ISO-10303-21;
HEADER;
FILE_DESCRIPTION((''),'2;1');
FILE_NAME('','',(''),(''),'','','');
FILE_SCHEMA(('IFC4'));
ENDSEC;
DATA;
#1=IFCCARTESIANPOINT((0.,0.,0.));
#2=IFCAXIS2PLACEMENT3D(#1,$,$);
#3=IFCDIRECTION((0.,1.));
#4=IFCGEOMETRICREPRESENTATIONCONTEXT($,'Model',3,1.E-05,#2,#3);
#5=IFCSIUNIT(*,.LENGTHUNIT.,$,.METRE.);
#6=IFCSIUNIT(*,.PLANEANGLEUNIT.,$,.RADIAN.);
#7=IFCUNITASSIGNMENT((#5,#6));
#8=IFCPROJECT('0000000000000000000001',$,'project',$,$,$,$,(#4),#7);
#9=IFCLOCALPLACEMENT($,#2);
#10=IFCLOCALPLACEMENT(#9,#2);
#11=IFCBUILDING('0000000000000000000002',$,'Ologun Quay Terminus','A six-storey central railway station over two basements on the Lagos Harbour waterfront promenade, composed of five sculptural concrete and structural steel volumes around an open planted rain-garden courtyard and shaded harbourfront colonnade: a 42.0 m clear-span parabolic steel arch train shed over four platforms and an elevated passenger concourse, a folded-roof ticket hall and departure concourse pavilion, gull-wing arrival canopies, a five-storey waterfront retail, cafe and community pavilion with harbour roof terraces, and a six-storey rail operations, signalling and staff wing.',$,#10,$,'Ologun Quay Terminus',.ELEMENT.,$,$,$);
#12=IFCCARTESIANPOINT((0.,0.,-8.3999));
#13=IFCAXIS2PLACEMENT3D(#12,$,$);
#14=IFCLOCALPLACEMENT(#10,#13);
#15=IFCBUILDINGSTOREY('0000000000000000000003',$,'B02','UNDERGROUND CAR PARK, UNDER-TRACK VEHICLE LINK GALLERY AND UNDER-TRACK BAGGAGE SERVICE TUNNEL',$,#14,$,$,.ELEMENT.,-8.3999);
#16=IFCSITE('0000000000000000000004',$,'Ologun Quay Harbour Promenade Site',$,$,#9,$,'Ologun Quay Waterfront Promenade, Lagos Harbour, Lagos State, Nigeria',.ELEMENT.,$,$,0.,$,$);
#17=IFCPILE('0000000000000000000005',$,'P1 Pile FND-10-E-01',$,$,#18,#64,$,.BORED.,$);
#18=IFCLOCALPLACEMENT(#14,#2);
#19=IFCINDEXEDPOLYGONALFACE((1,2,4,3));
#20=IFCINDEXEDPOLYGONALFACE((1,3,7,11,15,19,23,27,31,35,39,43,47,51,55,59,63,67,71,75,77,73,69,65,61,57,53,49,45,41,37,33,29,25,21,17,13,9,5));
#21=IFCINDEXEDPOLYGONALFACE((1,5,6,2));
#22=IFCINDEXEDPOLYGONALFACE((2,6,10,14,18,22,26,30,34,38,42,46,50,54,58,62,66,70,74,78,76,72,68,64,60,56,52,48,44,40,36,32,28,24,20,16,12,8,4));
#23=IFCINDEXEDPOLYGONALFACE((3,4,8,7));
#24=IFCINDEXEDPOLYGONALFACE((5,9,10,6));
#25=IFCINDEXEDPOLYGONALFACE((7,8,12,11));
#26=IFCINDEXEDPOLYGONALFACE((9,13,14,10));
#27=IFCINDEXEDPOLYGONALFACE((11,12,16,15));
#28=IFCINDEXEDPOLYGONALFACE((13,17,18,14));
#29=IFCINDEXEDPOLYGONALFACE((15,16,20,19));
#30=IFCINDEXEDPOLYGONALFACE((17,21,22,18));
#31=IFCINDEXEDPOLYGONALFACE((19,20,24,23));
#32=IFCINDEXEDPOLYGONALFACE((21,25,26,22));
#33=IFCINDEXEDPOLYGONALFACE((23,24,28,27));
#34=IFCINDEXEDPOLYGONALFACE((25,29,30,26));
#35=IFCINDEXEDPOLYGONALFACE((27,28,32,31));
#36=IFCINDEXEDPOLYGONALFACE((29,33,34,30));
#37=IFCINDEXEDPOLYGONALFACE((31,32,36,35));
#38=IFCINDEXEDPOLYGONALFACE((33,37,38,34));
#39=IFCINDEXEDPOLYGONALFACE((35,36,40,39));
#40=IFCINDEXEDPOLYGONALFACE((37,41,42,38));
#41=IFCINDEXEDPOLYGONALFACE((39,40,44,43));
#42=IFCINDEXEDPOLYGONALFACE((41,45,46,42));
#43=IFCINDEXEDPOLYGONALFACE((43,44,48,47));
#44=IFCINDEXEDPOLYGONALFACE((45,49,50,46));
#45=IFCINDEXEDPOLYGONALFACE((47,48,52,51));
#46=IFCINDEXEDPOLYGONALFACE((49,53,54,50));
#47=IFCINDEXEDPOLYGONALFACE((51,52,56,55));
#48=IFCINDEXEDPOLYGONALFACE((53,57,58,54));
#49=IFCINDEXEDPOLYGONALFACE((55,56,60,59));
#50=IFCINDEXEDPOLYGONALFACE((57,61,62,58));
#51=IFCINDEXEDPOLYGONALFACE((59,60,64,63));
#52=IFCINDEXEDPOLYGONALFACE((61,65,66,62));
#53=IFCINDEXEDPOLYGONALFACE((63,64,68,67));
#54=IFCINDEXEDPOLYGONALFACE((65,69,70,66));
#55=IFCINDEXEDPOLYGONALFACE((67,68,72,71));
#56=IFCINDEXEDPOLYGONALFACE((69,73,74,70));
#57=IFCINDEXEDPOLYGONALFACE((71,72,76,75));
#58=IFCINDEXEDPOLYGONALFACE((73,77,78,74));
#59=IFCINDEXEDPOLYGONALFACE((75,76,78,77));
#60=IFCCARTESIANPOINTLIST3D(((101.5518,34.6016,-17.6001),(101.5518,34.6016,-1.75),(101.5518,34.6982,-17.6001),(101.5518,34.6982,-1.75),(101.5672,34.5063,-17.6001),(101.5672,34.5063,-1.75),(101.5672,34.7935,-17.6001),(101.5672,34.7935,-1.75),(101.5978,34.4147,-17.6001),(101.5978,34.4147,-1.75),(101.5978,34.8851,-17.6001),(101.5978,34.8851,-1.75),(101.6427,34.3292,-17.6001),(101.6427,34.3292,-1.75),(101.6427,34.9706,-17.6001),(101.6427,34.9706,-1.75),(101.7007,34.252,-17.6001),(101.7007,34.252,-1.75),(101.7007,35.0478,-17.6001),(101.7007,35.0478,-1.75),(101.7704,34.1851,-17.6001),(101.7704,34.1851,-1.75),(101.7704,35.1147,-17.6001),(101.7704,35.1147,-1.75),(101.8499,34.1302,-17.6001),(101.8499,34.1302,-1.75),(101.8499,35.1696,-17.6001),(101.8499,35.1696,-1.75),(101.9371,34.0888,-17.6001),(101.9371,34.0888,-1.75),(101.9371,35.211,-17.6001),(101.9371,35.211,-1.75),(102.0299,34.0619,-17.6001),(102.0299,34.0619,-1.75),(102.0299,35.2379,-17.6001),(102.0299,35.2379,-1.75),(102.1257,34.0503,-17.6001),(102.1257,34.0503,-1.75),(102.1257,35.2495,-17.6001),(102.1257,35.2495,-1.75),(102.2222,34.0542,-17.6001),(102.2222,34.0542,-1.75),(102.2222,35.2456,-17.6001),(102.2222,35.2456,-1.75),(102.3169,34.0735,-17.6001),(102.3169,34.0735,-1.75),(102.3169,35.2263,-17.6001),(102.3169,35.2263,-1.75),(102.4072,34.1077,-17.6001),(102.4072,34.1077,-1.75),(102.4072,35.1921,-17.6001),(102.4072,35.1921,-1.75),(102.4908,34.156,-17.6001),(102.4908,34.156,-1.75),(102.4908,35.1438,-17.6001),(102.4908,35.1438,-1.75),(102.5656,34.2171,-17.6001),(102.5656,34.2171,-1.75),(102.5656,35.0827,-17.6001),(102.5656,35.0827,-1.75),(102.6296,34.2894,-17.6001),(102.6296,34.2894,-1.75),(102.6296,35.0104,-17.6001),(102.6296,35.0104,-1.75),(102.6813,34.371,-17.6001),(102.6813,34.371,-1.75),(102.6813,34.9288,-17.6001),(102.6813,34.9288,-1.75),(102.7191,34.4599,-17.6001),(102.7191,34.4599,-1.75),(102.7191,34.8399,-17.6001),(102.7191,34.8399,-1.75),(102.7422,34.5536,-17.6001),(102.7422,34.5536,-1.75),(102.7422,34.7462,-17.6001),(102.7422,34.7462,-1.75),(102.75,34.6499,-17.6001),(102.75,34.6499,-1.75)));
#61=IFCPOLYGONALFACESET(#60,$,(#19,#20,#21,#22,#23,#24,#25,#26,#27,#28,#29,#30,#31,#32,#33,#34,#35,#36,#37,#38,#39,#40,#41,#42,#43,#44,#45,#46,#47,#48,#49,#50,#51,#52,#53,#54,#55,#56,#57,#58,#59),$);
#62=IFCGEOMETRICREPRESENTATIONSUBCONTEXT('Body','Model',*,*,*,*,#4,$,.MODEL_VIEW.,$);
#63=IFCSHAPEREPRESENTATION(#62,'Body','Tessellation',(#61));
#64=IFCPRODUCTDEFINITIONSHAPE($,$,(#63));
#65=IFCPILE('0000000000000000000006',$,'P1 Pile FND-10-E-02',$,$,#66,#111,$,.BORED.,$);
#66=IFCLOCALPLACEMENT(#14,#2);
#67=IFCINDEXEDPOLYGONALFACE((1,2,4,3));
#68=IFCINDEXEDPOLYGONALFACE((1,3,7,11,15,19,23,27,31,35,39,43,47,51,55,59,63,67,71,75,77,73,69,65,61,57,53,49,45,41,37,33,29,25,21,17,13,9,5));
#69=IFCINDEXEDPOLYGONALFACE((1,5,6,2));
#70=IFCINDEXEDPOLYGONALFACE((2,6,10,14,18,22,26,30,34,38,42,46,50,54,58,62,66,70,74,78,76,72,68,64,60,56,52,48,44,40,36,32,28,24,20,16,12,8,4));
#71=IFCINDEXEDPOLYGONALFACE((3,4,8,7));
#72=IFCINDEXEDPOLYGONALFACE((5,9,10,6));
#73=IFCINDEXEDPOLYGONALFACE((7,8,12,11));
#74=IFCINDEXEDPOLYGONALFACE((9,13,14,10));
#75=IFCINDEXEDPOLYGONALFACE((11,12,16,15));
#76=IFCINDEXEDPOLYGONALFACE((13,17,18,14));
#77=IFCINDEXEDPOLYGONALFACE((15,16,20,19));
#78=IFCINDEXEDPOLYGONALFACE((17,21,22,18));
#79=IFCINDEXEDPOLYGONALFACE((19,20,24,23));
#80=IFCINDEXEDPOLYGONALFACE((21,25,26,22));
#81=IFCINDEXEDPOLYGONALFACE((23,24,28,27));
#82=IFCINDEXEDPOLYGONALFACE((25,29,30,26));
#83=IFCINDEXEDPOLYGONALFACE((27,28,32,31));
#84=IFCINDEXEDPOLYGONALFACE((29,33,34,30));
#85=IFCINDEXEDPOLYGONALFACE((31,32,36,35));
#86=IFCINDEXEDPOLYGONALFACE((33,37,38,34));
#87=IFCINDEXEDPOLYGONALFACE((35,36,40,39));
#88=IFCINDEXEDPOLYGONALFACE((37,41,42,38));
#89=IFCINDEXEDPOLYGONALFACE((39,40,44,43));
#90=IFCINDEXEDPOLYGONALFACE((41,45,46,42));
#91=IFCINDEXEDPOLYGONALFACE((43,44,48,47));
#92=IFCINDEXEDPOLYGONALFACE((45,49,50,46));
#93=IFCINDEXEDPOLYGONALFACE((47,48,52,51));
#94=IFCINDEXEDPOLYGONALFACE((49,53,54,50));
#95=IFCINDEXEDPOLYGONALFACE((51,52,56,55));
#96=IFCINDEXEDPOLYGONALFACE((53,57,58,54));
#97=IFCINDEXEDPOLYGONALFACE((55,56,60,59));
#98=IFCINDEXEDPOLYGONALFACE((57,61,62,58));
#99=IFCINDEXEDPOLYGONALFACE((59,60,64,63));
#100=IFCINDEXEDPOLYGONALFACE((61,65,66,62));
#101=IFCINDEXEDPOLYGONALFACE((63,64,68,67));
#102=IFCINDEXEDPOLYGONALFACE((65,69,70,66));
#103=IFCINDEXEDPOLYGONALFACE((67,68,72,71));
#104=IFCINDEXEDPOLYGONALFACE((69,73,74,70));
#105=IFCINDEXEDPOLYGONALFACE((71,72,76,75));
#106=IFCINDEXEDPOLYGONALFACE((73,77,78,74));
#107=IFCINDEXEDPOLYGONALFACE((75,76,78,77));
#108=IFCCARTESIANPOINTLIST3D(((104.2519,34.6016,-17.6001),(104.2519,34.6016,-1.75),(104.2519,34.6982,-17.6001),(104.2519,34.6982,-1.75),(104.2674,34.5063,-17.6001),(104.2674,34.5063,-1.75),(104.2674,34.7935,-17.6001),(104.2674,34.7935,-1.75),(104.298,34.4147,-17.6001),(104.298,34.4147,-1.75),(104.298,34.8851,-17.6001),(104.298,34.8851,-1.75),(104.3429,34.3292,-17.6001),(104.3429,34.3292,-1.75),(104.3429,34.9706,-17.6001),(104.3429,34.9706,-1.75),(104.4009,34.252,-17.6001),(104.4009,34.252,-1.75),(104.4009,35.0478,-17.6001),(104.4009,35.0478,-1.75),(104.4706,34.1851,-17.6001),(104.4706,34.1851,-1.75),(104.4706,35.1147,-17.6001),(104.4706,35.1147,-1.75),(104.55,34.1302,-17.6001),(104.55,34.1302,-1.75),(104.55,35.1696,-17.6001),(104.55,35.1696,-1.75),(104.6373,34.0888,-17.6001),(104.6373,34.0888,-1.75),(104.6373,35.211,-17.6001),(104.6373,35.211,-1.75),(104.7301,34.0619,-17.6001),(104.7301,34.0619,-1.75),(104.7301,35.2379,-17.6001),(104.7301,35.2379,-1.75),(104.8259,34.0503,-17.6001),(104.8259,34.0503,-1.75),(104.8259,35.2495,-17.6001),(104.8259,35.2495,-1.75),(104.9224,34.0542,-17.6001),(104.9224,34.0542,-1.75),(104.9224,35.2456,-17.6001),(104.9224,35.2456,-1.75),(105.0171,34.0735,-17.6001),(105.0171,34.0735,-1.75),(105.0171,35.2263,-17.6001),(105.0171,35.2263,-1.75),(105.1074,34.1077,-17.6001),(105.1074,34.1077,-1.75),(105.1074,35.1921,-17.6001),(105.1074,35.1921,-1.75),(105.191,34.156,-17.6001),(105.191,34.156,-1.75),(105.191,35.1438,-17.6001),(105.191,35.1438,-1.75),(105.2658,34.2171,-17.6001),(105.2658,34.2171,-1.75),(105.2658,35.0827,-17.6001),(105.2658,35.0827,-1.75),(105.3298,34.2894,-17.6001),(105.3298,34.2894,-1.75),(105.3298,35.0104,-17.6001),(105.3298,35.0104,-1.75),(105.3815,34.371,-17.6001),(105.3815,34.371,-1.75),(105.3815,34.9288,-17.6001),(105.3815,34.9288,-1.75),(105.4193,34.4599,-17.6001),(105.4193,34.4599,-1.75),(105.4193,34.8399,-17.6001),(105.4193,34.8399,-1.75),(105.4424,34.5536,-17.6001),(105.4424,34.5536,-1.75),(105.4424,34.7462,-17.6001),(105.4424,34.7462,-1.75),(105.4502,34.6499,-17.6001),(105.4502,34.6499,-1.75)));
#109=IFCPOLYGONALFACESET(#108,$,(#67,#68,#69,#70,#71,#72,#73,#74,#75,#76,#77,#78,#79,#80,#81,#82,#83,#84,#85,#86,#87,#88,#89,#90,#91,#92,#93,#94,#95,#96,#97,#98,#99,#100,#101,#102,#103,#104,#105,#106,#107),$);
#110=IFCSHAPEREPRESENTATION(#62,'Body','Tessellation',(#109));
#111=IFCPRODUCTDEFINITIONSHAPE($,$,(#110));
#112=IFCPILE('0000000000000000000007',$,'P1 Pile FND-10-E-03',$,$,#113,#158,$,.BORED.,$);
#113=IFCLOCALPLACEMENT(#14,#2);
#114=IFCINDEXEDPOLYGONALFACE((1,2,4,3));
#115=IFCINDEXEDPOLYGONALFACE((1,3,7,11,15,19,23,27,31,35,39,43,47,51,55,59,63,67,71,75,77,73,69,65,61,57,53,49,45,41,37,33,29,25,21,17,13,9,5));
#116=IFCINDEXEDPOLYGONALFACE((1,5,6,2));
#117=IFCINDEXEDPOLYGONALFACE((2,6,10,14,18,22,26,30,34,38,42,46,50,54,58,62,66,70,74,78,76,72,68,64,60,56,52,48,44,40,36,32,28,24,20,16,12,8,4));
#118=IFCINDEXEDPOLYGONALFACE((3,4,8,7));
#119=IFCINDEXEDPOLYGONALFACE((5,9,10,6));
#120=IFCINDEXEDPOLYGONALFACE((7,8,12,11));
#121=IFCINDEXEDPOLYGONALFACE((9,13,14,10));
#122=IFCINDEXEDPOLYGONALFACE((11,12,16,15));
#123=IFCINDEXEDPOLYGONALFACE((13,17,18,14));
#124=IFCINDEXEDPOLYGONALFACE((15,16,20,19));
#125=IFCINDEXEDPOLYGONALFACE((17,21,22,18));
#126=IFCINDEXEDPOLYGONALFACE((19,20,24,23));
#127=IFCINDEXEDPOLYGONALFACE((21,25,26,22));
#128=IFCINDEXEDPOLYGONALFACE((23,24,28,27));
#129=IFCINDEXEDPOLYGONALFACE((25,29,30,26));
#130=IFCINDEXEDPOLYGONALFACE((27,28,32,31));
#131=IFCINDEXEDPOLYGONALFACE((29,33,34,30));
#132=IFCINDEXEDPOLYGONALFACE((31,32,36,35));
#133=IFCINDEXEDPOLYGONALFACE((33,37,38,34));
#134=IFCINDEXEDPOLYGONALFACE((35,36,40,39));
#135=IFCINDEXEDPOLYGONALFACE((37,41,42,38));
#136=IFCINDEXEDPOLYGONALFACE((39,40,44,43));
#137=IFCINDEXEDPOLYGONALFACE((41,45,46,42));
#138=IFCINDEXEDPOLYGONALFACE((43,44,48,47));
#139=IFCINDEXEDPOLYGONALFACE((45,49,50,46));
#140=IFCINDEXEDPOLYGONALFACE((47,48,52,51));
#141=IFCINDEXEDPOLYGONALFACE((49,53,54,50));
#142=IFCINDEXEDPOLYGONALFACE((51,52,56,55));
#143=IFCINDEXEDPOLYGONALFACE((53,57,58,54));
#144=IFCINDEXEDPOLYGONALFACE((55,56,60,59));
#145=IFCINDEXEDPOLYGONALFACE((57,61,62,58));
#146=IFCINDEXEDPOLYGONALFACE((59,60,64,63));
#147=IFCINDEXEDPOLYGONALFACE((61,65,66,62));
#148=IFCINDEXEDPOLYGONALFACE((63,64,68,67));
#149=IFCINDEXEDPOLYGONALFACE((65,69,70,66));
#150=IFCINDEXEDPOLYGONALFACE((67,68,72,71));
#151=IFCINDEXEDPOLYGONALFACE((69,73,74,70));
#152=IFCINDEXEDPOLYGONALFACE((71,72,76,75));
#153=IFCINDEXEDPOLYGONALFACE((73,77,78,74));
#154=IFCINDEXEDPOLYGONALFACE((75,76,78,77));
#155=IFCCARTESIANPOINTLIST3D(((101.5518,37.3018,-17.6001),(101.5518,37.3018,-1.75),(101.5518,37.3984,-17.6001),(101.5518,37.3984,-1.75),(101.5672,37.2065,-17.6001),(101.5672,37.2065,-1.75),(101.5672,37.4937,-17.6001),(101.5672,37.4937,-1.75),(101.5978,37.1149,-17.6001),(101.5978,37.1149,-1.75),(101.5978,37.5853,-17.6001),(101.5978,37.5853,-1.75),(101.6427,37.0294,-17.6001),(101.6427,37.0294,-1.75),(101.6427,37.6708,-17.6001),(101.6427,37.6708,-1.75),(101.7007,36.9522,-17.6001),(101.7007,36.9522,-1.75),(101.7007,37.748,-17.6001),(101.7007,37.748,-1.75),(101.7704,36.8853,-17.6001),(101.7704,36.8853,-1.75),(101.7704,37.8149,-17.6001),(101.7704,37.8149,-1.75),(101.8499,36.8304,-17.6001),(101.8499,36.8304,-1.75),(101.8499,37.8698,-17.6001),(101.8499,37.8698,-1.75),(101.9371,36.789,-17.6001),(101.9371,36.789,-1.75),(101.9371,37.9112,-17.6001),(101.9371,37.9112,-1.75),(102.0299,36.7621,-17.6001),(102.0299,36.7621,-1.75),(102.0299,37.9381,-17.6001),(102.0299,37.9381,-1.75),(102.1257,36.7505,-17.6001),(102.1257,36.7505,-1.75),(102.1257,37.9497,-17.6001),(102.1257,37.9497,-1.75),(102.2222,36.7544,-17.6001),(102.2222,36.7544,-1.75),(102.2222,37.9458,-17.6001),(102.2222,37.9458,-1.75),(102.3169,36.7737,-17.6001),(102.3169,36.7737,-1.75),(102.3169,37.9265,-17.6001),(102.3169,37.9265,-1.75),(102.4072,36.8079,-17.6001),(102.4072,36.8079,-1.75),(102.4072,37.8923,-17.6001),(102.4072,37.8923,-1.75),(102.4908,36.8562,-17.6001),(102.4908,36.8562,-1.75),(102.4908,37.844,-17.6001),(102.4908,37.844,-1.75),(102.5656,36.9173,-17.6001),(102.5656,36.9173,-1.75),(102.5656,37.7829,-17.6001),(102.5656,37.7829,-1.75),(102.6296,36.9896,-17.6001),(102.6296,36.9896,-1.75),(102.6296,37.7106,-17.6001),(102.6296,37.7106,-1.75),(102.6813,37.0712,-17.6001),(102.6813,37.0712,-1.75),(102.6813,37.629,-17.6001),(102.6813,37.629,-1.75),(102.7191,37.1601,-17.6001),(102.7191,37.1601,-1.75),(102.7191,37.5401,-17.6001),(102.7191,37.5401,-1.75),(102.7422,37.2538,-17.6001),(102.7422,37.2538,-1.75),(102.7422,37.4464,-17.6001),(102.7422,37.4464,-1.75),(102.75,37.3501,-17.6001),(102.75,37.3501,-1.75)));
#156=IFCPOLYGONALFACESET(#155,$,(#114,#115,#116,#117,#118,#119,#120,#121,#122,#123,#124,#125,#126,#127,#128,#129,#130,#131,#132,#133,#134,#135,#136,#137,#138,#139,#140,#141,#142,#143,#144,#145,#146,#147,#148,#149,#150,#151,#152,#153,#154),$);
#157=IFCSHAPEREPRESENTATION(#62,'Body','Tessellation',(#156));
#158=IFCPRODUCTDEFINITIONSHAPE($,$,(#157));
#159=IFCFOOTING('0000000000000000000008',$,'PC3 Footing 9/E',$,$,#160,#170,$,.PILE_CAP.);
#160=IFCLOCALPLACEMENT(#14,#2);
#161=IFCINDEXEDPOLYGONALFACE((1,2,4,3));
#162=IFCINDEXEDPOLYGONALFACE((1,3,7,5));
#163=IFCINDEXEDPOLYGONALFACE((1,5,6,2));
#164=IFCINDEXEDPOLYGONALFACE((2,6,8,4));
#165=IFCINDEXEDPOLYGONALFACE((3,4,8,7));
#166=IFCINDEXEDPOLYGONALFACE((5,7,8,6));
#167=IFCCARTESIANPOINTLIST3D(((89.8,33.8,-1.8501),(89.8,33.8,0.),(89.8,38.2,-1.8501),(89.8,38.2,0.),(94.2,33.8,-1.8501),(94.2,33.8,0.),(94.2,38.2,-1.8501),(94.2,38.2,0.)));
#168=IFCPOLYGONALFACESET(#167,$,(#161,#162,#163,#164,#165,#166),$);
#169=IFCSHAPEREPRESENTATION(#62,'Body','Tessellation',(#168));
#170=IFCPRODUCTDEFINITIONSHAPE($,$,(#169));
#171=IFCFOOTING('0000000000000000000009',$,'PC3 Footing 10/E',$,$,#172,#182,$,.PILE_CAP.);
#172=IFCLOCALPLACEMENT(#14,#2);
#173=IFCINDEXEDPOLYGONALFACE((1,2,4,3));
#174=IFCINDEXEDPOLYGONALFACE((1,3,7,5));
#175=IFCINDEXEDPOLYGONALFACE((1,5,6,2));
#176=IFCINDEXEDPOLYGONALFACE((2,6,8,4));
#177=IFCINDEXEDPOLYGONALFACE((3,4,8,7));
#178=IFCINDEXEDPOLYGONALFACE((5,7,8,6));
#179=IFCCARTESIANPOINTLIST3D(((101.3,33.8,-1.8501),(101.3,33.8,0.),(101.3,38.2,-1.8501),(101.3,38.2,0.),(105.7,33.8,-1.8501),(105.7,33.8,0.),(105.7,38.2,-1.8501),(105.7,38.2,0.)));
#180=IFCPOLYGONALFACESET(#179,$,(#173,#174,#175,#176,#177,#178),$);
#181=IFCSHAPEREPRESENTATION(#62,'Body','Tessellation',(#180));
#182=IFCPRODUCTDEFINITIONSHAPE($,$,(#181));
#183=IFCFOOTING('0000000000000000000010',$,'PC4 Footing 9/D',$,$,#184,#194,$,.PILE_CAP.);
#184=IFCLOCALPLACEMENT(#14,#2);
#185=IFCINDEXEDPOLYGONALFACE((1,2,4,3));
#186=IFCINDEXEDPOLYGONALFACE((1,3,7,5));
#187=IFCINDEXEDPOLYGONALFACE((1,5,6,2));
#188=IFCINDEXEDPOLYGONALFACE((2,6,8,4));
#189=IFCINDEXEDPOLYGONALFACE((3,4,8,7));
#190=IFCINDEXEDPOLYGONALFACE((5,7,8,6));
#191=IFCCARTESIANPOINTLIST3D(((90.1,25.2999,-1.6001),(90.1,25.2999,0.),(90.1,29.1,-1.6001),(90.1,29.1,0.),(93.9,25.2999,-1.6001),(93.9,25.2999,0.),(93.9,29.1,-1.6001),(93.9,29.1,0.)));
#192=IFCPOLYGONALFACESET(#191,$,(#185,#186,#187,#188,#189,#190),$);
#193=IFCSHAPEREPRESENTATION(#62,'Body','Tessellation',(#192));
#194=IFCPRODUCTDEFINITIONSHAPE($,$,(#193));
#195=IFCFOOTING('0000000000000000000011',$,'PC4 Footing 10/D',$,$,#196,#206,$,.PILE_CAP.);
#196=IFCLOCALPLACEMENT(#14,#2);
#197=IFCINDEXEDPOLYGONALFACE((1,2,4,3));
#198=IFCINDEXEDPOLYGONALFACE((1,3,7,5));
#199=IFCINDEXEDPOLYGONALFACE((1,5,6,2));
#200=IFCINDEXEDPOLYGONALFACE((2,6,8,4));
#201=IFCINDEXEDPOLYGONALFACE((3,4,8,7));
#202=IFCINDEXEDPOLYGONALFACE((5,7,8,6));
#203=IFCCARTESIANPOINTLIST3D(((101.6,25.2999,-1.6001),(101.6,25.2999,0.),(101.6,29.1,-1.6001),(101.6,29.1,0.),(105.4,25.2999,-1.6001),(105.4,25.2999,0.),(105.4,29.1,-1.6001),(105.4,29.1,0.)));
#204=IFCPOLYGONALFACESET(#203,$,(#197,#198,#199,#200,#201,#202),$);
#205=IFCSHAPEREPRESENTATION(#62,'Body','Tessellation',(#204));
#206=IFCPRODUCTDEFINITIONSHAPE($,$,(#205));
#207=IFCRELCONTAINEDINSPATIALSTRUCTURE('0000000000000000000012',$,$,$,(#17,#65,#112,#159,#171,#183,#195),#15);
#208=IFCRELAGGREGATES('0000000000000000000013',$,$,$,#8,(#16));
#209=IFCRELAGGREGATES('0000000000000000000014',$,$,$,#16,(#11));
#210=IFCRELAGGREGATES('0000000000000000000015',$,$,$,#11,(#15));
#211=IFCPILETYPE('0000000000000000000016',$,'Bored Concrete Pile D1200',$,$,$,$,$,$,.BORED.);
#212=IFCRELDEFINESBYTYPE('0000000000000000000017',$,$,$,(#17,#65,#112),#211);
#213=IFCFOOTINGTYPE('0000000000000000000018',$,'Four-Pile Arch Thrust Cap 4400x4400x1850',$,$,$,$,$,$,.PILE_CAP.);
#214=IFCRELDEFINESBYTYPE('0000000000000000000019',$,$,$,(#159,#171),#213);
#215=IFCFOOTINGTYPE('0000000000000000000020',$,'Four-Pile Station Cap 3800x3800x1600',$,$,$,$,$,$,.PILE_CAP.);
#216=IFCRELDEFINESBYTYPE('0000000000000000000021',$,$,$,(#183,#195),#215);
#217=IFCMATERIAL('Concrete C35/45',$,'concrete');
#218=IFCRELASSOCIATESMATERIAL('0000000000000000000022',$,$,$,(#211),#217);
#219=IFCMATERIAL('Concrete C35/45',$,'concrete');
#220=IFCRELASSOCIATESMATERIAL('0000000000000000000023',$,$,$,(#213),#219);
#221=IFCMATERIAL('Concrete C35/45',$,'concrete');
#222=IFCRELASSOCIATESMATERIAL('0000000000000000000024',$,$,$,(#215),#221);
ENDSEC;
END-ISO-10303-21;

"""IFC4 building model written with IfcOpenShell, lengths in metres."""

from ifc_helpers import new_model, si_unit, direction, frame, origin, origin_2d, place, context, subcontext, project, spatial, rectangle, circle, extrude, material, material_profile, profile_set, type_object, element, save


model = new_model("IFC4")

# Units and contexts
model_context = context("Model", 3, precision=1e-05, world=origin(), true_north=direction((0.0, 1.0)))
body_context = subcontext(model_context, "Body", "Model", "MODEL_VIEW")
ifc_project = project(units=[si_unit("LENGTHUNIT", "METRE"), si_unit("PLANEANGLEUNIT", "RADIAN")], contexts=[model_context])

# Site, building, storey
site_placement = place(None, origin())
site = spatial("IfcSite", under=ifc_project, at=site_placement, Name="Ologun Quay Harbour Promenade Site", LongName="Ologun Quay Waterfront Promenade, Lagos Harbour, Lagos State, Nigeria", CompositionType="ELEMENT", RefElevation=0.0)
building_placement = place(site_placement, origin())
building = spatial("IfcBuilding", under=site, at=building_placement, Name="Ologun Quay Terminus", Description="A six-storey central railway station over two basements on the Lagos Harbour waterfront promenade, composed of five sculptural concrete and structural steel volumes around an open planted rain-garden courtyard and shaded harbourfront colonnade: a 42.0 m clear-span parabolic steel arch train shed over four platforms and an elevated passenger concourse, a folded-roof ticket hall and departure concourse pavilion, gull-wing arrival canopies, a five-storey waterfront retail, cafe and community pavilion with harbour roof terraces, and a six-storey rail operations, signalling and staff wing.", LongName="Ologun Quay Terminus", CompositionType="ELEMENT")
storey_placement = place(building_placement, frame((0.0, 0.0, -8.3999)))
storey = spatial("IfcBuildingStorey", under=building, at=storey_placement, Name="B02", Description="UNDERGROUND CAR PARK, UNDER-TRACK VEHICLE LINK GALLERY AND UNDER-TRACK BAGGAGE SERVICE TUNNEL", CompositionType="ELEMENT", Elevation=-8.3999)

# Piles
ifc_material_1 = material(Name="Concrete C35/45", Category="concrete")
ifc_material_profile_1 = material_profile(ifc_material_1, circle(Radius=0.6001, at=origin_2d()), Name="PILE D1200")
ifc_profile_set_1 = profile_set([ifc_material_profile_1], Name="Concrete C35/45")
pile_type_1 = type_object("IfcPileType", Name="Bored Concrete Pile D1200", PredefinedType="BORED", material=ifc_profile_set_1)
for number, where, z_axis, x_axis, name in (
    (1, (102.1499, 34.6499, -1.75), (0.0, 0.0, -1.0), (1.0, 0.0, 0.0), "P1 Pile FND-10-E-01"),
    (2, (104.8501, 34.6499, -1.75), (0.0, 0.0, -1.0), (1.0, 0.0, 0.0), "P1 Pile FND-10-E-02"),
    (3, (102.1499, 37.3501, -1.75), (0.0, 0.0, -1.0), (1.0, 0.0, 0.0), "P1 Pile FND-10-E-03"),
):
    element("IfcPile", number, at=place(storey_placement, frame(where, z_axis=z_axis, x_axis=x_axis)), inside=storey, type_object=pile_type_1, Name=name, PredefinedType="BORED", context=body_context, shape_type="SweptSolid", body=[
        extrude(circle(Radius=0.6001, at=origin_2d()), origin(), (0.0, 0.0, 1.0), 15.8501),
    ])

# Footings
ifc_material_2 = material(Name="Concrete C35/45", Category="concrete")
footing_type_1 = type_object("IfcFootingType", Name="Four-Pile Arch Thrust Cap 4400x4400x1850", PredefinedType="PILE_CAP", material=ifc_material_2)
for number, where, z_axis, x_axis, name in (
    (4, (92.0, 36.0, -1.8501), (0.0, 0.0, 1.0), (1.0, 0.0, 0.0), "PC3 Footing 9/E"),
    (5, (103.5, 36.0, -1.8501), (0.0, 0.0, 1.0), (1.0, 0.0, 0.0), "PC3 Footing 10/E"),
):
    element("IfcFooting", number, at=place(storey_placement, frame(where, z_axis=z_axis, x_axis=x_axis)), inside=storey, type_object=footing_type_1, Name=name, PredefinedType="PILE_CAP", context=body_context, shape_type="SweptSolid", body=[
        extrude(rectangle(XDim=4.3999, YDim=4.3999, at=origin_2d()), origin(), (0.0, 0.0, 1.0), 1.8501),
    ])
ifc_material_3 = material(Name="Concrete C35/45", Category="concrete")
footing_type_2 = type_object("IfcFootingType", Name="Four-Pile Station Cap 3800x3800x1600", PredefinedType="PILE_CAP", material=ifc_material_3)
for number, where, z_axis, x_axis, name in (
    (6, (92.0, 27.2, -1.6001), (0.0, 0.0, 1.0), (1.0, 0.0, 0.0), "PC4 Footing 9/D"),
    (7, (103.5, 27.2, -1.6001), (0.0, 0.0, 1.0), (1.0, 0.0, 0.0), "PC4 Footing 10/D"),
):
    element("IfcFooting", number, at=place(storey_placement, frame(where, z_axis=z_axis, x_axis=x_axis)), inside=storey, type_object=footing_type_2, Name=name, PredefinedType="PILE_CAP", context=body_context, shape_type="SweptSolid", body=[
        extrude(rectangle(XDim=3.8, YDim=3.8, at=origin_2d()), origin(), (0.0, 0.0, 1.0), 1.6001),
    ])

save(model, "model.ifc")
